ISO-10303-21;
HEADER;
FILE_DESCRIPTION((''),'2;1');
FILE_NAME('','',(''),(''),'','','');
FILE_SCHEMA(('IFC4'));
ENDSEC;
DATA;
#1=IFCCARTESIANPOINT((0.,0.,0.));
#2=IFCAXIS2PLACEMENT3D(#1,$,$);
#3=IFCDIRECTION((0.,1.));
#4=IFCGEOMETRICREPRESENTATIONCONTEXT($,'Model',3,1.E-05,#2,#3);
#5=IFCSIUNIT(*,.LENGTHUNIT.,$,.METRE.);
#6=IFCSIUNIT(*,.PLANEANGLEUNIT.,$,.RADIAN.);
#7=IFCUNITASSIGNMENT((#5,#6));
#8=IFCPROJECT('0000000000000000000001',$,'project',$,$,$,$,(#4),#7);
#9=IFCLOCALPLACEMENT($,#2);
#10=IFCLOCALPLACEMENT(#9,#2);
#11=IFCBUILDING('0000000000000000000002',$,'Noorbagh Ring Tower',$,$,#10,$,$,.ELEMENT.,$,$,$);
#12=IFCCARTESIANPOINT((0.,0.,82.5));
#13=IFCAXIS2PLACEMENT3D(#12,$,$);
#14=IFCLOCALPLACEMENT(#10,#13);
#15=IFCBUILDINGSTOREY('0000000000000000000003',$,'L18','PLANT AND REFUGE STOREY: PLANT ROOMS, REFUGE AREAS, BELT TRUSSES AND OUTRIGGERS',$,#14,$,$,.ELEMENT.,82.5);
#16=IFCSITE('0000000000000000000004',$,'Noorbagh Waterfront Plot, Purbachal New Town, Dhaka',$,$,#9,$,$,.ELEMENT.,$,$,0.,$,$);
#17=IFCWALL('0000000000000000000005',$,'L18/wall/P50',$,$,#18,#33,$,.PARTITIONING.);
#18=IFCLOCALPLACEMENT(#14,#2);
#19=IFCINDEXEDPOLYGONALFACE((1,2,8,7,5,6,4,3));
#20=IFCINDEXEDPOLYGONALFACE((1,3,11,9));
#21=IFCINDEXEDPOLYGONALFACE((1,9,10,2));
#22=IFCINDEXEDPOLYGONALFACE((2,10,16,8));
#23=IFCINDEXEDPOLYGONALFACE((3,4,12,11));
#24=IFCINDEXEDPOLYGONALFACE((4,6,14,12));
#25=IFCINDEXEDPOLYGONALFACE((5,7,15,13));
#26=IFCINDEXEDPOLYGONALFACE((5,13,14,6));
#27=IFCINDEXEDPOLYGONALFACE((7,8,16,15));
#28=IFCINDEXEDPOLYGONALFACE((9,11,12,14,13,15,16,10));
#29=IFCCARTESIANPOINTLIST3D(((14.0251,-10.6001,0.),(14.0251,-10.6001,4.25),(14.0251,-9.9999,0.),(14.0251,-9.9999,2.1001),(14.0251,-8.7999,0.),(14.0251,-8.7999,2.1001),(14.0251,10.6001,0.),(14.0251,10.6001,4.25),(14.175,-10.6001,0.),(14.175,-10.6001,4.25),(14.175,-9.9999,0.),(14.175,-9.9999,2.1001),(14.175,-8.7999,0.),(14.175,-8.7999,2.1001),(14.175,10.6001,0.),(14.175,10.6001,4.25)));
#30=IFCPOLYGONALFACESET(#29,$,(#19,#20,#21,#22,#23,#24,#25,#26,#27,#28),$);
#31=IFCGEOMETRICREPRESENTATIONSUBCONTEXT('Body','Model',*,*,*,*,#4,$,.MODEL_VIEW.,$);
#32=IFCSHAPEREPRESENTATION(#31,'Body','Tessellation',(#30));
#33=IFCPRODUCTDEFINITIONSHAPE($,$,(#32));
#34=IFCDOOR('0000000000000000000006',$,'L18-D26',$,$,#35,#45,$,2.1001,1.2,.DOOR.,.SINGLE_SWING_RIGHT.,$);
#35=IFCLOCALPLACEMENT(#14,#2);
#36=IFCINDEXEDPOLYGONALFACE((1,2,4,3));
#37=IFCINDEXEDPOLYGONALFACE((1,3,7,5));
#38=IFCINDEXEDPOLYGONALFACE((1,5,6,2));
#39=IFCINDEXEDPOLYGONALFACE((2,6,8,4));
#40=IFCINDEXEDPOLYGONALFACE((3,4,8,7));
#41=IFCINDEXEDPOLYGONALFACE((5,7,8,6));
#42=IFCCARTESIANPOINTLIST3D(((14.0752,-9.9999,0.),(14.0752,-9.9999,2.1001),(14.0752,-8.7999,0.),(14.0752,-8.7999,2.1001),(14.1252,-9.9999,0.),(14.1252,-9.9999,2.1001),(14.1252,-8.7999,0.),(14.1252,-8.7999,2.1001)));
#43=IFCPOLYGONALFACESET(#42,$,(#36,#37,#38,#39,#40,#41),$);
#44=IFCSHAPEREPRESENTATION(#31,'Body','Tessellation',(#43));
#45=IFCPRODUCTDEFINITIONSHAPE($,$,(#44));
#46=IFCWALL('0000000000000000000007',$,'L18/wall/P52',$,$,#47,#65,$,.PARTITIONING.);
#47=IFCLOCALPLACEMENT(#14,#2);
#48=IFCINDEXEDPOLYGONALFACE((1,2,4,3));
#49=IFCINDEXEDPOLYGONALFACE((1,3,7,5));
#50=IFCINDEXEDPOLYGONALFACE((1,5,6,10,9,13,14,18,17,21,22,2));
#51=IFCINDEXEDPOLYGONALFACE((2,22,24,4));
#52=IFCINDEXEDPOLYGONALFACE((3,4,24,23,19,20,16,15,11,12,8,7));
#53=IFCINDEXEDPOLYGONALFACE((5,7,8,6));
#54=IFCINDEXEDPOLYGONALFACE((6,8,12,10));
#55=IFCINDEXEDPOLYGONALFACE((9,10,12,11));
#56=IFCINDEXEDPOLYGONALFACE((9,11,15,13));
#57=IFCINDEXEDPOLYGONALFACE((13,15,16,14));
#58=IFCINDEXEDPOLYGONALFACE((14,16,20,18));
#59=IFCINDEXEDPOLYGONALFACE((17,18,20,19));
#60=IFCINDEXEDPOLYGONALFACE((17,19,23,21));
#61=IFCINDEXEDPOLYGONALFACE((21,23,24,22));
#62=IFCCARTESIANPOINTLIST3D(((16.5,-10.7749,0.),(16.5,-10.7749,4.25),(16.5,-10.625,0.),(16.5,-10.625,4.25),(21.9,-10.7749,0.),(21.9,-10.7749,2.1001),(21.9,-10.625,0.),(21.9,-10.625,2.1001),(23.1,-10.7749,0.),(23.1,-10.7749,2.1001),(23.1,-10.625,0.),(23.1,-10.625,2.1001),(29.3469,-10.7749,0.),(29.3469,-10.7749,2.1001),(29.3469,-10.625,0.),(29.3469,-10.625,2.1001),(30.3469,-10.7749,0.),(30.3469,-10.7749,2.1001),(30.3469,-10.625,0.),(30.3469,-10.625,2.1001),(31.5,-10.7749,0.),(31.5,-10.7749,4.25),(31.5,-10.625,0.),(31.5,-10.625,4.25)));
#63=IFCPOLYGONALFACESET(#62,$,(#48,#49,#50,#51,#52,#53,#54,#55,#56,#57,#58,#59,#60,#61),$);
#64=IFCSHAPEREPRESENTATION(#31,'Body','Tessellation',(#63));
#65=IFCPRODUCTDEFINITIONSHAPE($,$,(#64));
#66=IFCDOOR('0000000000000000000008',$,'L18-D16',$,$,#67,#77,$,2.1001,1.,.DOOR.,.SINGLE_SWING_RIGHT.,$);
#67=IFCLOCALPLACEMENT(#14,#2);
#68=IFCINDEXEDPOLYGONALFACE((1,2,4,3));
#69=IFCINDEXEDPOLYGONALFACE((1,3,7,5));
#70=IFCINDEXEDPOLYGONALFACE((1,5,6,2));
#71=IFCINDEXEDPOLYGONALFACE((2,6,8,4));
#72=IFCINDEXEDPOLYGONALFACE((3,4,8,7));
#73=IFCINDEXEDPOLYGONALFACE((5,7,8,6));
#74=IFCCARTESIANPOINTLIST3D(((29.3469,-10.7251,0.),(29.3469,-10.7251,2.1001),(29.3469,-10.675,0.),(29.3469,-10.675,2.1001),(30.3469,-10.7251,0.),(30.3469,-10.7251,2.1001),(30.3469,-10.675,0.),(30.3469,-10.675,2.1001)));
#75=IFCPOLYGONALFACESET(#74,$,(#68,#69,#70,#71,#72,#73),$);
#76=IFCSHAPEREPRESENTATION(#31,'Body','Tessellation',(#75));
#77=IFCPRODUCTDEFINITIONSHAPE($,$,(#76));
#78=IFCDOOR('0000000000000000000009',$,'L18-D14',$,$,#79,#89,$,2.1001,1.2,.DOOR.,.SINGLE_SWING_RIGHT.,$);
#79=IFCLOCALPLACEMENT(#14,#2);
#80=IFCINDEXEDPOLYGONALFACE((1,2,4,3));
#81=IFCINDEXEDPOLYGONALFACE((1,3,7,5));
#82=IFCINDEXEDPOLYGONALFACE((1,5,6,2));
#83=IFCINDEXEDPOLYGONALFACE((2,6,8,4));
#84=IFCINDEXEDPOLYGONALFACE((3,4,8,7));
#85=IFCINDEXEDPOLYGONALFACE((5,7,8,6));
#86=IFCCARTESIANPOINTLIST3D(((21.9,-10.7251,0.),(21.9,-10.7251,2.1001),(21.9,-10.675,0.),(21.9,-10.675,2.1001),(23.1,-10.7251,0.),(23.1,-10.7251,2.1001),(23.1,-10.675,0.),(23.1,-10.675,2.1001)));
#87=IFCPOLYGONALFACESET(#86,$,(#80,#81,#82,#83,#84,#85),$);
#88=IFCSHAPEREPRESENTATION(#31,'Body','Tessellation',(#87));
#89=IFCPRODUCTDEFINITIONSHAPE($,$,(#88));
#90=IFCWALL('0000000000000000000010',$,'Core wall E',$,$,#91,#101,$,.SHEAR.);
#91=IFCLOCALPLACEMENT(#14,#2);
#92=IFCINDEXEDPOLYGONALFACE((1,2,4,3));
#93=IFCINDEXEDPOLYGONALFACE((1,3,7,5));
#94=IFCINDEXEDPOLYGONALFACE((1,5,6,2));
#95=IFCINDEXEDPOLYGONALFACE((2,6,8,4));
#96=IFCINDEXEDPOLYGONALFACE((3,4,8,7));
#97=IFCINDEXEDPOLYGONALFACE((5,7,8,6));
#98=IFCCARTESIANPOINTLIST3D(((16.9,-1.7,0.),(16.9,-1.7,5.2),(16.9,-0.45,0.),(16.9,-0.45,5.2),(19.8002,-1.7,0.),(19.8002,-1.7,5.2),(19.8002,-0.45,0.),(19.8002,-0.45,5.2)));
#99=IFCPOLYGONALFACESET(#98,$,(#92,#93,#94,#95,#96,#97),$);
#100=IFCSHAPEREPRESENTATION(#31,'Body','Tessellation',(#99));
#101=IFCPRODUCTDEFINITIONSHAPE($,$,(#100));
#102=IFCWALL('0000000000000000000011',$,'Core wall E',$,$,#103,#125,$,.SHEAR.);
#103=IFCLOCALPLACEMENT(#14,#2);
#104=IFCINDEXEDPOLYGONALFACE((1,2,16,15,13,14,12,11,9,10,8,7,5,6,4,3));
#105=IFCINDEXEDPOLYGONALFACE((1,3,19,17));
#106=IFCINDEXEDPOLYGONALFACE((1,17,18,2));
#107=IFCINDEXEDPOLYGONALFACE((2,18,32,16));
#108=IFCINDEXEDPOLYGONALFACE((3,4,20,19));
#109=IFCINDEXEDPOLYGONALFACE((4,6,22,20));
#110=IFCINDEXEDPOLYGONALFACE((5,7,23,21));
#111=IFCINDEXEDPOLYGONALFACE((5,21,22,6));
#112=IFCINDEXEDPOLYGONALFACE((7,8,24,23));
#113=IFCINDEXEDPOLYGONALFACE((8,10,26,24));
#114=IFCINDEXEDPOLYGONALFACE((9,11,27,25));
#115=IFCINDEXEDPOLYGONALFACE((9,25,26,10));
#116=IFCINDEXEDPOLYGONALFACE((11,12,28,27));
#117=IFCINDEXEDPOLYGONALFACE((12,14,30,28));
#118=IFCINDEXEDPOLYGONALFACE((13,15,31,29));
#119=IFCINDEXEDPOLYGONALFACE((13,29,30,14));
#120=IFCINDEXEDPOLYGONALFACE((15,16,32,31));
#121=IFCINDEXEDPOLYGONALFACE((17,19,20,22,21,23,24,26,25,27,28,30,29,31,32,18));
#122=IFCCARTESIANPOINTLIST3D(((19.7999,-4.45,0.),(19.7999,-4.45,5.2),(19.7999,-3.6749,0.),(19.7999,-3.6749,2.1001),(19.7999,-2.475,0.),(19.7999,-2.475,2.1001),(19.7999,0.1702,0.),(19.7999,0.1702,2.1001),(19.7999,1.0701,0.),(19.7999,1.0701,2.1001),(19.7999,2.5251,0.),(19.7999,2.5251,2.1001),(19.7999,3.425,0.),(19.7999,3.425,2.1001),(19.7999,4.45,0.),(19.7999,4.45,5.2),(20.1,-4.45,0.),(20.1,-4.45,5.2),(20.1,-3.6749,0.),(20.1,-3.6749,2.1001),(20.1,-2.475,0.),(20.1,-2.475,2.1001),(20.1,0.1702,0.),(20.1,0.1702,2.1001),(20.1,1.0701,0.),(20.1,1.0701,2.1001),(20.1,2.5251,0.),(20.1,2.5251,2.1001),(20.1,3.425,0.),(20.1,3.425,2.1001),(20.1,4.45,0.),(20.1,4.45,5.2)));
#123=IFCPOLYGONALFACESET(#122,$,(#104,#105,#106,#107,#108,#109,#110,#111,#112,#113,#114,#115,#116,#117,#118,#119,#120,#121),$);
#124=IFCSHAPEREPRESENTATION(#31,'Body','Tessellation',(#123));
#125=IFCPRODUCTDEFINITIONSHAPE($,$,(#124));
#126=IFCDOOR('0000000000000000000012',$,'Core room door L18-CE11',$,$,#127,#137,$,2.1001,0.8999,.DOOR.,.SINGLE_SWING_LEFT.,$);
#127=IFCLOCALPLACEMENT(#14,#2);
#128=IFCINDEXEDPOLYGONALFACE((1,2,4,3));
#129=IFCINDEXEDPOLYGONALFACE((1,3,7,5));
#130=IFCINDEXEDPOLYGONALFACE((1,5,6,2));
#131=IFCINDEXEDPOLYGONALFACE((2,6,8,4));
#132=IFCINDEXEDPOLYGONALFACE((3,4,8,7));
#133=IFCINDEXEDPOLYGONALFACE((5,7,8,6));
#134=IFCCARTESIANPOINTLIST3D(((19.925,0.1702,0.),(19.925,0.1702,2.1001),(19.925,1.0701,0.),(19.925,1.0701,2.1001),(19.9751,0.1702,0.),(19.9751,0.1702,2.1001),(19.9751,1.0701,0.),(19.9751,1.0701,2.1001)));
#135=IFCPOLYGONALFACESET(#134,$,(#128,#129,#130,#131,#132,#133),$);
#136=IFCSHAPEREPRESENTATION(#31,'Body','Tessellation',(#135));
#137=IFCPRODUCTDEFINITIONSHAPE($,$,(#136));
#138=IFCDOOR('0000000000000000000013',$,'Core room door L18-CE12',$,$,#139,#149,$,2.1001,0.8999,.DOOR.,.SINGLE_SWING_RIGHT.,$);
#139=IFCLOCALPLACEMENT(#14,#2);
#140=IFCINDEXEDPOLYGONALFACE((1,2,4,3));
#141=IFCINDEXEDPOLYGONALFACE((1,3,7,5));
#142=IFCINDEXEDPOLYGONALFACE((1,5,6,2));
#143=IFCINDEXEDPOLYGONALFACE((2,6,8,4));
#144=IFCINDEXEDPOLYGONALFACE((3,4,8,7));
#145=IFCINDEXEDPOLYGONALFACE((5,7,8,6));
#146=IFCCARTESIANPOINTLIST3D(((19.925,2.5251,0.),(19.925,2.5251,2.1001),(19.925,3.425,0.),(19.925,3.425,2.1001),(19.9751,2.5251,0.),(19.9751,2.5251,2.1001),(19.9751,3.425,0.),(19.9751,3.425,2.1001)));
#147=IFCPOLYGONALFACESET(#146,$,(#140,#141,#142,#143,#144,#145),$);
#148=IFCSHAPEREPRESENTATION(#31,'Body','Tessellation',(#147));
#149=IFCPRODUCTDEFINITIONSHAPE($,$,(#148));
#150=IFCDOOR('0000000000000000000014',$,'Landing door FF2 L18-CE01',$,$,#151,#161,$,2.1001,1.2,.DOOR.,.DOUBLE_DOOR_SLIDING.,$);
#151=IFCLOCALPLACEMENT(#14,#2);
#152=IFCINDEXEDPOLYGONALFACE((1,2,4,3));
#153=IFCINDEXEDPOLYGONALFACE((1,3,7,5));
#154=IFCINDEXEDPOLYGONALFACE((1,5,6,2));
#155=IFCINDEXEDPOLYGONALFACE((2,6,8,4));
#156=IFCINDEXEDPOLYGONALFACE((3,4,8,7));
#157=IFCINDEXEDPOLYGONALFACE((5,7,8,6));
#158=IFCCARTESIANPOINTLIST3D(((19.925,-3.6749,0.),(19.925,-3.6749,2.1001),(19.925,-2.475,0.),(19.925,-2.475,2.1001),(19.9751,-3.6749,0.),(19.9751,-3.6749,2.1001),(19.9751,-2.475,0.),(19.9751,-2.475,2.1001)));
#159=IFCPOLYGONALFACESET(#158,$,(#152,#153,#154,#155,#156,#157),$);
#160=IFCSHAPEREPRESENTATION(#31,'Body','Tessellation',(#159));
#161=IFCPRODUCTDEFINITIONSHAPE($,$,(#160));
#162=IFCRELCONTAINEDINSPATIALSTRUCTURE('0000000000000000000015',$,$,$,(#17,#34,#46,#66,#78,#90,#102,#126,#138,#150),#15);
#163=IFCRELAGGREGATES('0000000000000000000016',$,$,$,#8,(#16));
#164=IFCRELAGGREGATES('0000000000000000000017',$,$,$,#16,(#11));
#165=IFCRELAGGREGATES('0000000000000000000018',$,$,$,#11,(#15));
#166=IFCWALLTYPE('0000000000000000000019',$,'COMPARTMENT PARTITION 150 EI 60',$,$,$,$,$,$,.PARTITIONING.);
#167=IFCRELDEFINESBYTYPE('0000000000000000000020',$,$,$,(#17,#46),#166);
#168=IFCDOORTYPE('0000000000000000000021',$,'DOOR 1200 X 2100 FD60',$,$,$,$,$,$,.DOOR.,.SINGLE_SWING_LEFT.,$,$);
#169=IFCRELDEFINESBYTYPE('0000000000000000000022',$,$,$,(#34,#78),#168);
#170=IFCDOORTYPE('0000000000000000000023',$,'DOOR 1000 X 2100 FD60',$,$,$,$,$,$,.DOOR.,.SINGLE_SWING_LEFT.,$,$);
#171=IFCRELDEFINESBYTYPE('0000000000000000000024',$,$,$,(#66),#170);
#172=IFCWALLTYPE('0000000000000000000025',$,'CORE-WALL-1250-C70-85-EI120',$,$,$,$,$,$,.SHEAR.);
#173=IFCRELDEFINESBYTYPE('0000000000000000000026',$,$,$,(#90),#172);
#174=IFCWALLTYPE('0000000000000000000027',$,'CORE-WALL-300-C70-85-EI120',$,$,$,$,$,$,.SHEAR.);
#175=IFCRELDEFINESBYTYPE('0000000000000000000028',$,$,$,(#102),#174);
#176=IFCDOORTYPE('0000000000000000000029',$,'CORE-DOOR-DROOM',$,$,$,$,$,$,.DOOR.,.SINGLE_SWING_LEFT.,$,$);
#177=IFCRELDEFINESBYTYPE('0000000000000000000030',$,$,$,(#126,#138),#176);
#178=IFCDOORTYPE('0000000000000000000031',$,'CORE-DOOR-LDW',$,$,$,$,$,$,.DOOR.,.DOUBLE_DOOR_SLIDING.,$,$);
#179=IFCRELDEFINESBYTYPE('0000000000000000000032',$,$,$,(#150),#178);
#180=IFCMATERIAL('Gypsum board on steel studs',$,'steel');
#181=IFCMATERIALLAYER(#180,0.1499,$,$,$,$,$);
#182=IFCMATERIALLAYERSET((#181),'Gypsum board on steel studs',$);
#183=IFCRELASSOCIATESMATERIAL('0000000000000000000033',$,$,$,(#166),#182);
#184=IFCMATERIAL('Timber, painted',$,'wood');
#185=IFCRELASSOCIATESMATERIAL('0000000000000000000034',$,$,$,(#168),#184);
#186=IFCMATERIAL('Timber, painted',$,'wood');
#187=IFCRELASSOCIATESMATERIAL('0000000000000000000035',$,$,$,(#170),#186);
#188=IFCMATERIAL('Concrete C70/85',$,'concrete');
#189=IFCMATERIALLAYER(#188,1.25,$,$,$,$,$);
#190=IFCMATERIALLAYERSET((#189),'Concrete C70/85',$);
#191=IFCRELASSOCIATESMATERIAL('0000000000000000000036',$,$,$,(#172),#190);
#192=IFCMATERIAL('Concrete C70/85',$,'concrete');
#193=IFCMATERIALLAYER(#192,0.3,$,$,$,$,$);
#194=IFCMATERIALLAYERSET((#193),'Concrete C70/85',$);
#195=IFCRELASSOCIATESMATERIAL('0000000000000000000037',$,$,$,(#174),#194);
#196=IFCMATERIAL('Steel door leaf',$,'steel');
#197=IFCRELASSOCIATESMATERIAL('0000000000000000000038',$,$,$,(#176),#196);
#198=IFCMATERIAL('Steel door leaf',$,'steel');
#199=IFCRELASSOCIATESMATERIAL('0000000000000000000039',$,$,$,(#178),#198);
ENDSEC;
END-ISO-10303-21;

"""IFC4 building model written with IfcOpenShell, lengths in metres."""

from ifc_helpers import new_model, si_unit, direction, frame, frame_2d, origin, place, context, subcontext, project, spatial, rectangle, extrude, material, layer, layer_set, type_object, element, fill, save


model = new_model("IFC4")

# Units and contexts
model_context = context("Model", 3, precision=1e-05, world=origin(), true_north=direction((0.0, 1.0)))
body_context = subcontext(model_context, "Body", "Model", "MODEL_VIEW")
ifc_project = project(units=[si_unit("LENGTHUNIT", "METRE"), si_unit("PLANEANGLEUNIT", "RADIAN")], contexts=[model_context])

# Site, building, storey
site_placement = place(None, origin())
site = spatial("IfcSite", under=ifc_project, at=site_placement, Name="Noorbagh Waterfront Plot, Purbachal New Town, Dhaka", CompositionType="ELEMENT", RefElevation=0.0)
building_placement = place(site_placement, origin())
building = spatial("IfcBuilding", under=site, at=building_placement, Name="Noorbagh Ring Tower", CompositionType="ELEMENT")
storey_placement = place(building_placement, frame((0.0, 0.0, 82.5)))
storey = spatial("IfcBuildingStorey", under=building, at=storey_placement, Name="L18", Description="PLANT AND REFUGE STOREY: PLANT ROOMS, REFUGE AREAS, BELT TRUSSES AND OUTRIGGERS", CompositionType="ELEMENT", Elevation=82.5)

# Wall, opening, door
ifc_material_1 = material(Name="Gypsum board on steel studs", Category="steel")
ifc_layer_1 = layer(ifc_material_1, 0.1499)
ifc_layer_set_1 = layer_set([ifc_layer_1], Name="Gypsum board on steel studs")
wall_type_1 = type_object("IfcWallType", Name="COMPARTMENT PARTITION 150 EI 60", PredefinedType="PARTITIONING", material=ifc_layer_set_1)
wall_1_placement = place(storey_placement, frame((14.1001, -10.6001, 0.0), z_axis=(0.0, 0.0, 1.0), x_axis=(0.0, 1.0, 0.0)))
wall_1 = element("IfcWall", 1, at=wall_1_placement, inside=storey, type_object=wall_type_1, Name="L18/wall/P50", PredefinedType="PARTITIONING", context=body_context, shape_type="SweptSolid", body=[
    extrude(rectangle(XDim=21.2002, YDim=0.1499, at=frame_2d((10.6001, 0.0))), origin(), (0.0, 0.0, 1.0), 4.25),
])
opening_1_placement = place(wall_1_placement, frame((0.6001, 0.0, 0.0)))
opening_1 = element("IfcOpeningElement", 2, at=opening_1_placement, cuts=wall_1, PredefinedType="OPENING", context=body_context, shape_type="SweptSolid", body=[
    extrude(rectangle(XDim=1.2, YDim=2.1001, at=frame_2d((0.6001, 1.05))), frame((0.0, 0.085, 0.0), z_axis=(0.0, -1.0, 0.0), x_axis=(1.0, 0.0, 0.0)), (0.0, 0.0, 1.0), 0.1699),
])
ifc_material_2 = material(Name="Timber, painted", Category="wood")
door_type_1 = type_object("IfcDoorType", Name="DOOR 1200 X 2100 FD60", OperationType="SINGLE_SWING_LEFT", PredefinedType="DOOR", material=ifc_material_2)
door_1_placement = place(opening_1_placement, origin())
door_1 = element("IfcDoor", 3, at=door_1_placement, inside=storey, type_object=door_type_1, Name="L18-D26", OperationType="SINGLE_SWING_RIGHT", OverallHeight=2.1001, OverallWidth=1.2, PredefinedType="DOOR", context=body_context, shape_type="SweptSolid", body=[
    extrude(rectangle(XDim=1.2, YDim=2.1001, at=frame_2d((0.6001, 1.05))), frame((0.0, 0.0249, 0.0), z_axis=(0.0, -1.0, 0.0), x_axis=(1.0, 0.0, 0.0)), (0.0, 0.0, 1.0), 0.05),
])
fill(opening_1, door_1)

# Wall, openings, doors
wall_2_placement = place(storey_placement, frame((16.5, -10.7, 0.0), z_axis=(0.0, 0.0, 1.0), x_axis=(1.0, 0.0, 0.0)))
wall_2 = element("IfcWall", 4, at=wall_2_placement, inside=storey, type_object=wall_type_1, Name="L18/wall/P52", PredefinedType="PARTITIONING", context=body_context, shape_type="SweptSolid", body=[
    extrude(rectangle(XDim=15.0, YDim=0.1499, at=frame_2d((7.5, 0.0))), origin(), (0.0, 0.0, 1.0), 4.25),
])
opening_2_placement = place(wall_2_placement, frame((5.3999, 0.0, 0.0)))
opening_2 = element("IfcOpeningElement", 5, at=opening_2_placement, cuts=wall_2, PredefinedType="OPENING", context=body_context, shape_type="SweptSolid", body=[
    extrude(rectangle(XDim=1.2, YDim=2.1001, at=frame_2d((0.6001, 1.05))), frame((0.0, 0.085, 0.0), z_axis=(0.0, -1.0, 0.0), x_axis=(1.0, 0.0, 0.0)), (0.0, 0.0, 1.0), 0.1699),
])
opening_3_placement = place(wall_2_placement, frame((12.8469, 0.0, 0.0)))
opening_3 = element("IfcOpeningElement", 6, at=opening_3_placement, cuts=wall_2, PredefinedType="OPENING", context=body_context, shape_type="SweptSolid", body=[
    extrude(rectangle(XDim=1.0, YDim=2.1001, at=frame_2d((0.5, 1.05))), frame((0.0, 0.085, 0.0), z_axis=(0.0, -1.0, 0.0), x_axis=(1.0, 0.0, 0.0)), (0.0, 0.0, 1.0), 0.1699),
])
ifc_material_3 = material(Name="Timber, painted", Category="wood")
door_type_2 = type_object("IfcDoorType", Name="DOOR 1000 X 2100 FD60", OperationType="SINGLE_SWING_LEFT", PredefinedType="DOOR", material=ifc_material_3)
door_2_placement = place(opening_3_placement, origin())
door_2 = element("IfcDoor", 7, at=door_2_placement, inside=storey, type_object=door_type_2, Name="L18-D16", OperationType="SINGLE_SWING_RIGHT", OverallHeight=2.1001, OverallWidth=1.0, PredefinedType="DOOR", context=body_context, shape_type="SweptSolid", body=[
    extrude(rectangle(XDim=1.0, YDim=2.1001, at=frame_2d((0.5, 1.05))), frame((0.0, 0.0249, 0.0), z_axis=(0.0, -1.0, 0.0), x_axis=(1.0, 0.0, 0.0)), (0.0, 0.0, 1.0), 0.05),
])
fill(opening_3, door_2)
door_3_placement = place(opening_2_placement, origin())
door_3 = element("IfcDoor", 8, at=door_3_placement, inside=storey, type_object=door_type_1, Name="L18-D14", OperationType="SINGLE_SWING_RIGHT", OverallHeight=2.1001, OverallWidth=1.2, PredefinedType="DOOR", context=body_context, shape_type="SweptSolid", body=[
    extrude(rectangle(XDim=1.2, YDim=2.1001, at=frame_2d((0.6001, 1.05))), frame((0.0, 0.0249, 0.0), z_axis=(0.0, -1.0, 0.0), x_axis=(1.0, 0.0, 0.0)), (0.0, 0.0, 1.0), 0.05),
])
fill(opening_2, door_3)

# Wall
ifc_material_4 = material(Name="Concrete C70/85", Category="concrete")
ifc_layer_2 = layer(ifc_material_4, 1.25)
ifc_layer_set_2 = layer_set([ifc_layer_2], Name="Concrete C70/85")
wall_type_2 = type_object("IfcWallType", Name="CORE-WALL-1250-C70-85-EI120", PredefinedType="SHEAR", material=ifc_layer_set_2)
wall_3_placement = place(storey_placement, frame((16.8999, -1.075, 0.0), z_axis=(0.0, 0.0, 1.0), x_axis=(1.0, 0.0, 0.0)))
element("IfcWall", 9, at=wall_3_placement, inside=storey, type_object=wall_type_2, Name="Core wall E", PredefinedType="SHEAR", context=body_context, shape_type="SweptSolid", body=[
    extrude(rectangle(XDim=2.9001, YDim=1.25, at=frame_2d((1.4502, 0.0))), origin(), (0.0, 0.0, 1.0), 5.2),
])

# Wall, openings, doors
ifc_material_5 = material(Name="Concrete C70/85", Category="concrete")
ifc_layer_3 = layer(ifc_material_5, 0.3)
ifc_layer_set_3 = layer_set([ifc_layer_3], Name="Concrete C70/85")
wall_type_3 = type_object("IfcWallType", Name="CORE-WALL-300-C70-85-EI120", PredefinedType="SHEAR", material=ifc_layer_set_3)
wall_4_placement = place(storey_placement, frame((19.95, -4.45, 0.0), z_axis=(0.0, 0.0, 1.0), x_axis=(0.0, 1.0, 0.0)))
wall_4 = element("IfcWall", 10, at=wall_4_placement, inside=storey, type_object=wall_type_3, Name="Core wall E", PredefinedType="SHEAR", context=body_context, shape_type="SweptSolid", body=[
    extrude(rectangle(XDim=8.8999, YDim=0.3, at=frame_2d((4.45, 0.0))), origin(), (0.0, 0.0, 1.0), 5.2),
])
opening_4_placement = place(wall_4_placement, frame((0.7749, 0.0, 0.0)))
opening_4 = element("IfcOpeningElement", 11, at=opening_4_placement, cuts=wall_4, PredefinedType="OPENING", context=body_context, shape_type="SweptSolid", body=[
    extrude(rectangle(XDim=1.2, YDim=2.1001, at=frame_2d((0.6001, 1.05))), frame((0.0, 0.1602, 0.0), z_axis=(0.0, -1.0, 0.0), x_axis=(1.0, 0.0, 0.0)), (0.0, 0.0, 1.0), 0.3201),
])
opening_5_placement = place(wall_4_placement, frame((4.6201, 0.0, 0.0)))
opening_5 = element("IfcOpeningElement", 12, at=opening_5_placement, cuts=wall_4, PredefinedType="OPENING", context=body_context, shape_type="SweptSolid", body=[
    extrude(rectangle(XDim=0.8999, YDim=2.1001, at=frame_2d((0.45, 1.05))), frame((0.0, 0.1602, 0.0), z_axis=(0.0, -1.0, 0.0), x_axis=(1.0, 0.0, 0.0)), (0.0, 0.0, 1.0), 0.3201),
])
opening_6_placement = place(wall_4_placement, frame((6.9751, 0.0, 0.0)))
opening_6 = element("IfcOpeningElement", 13, at=opening_6_placement, cuts=wall_4, PredefinedType="OPENING", context=body_context, shape_type="SweptSolid", body=[
    extrude(rectangle(XDim=0.8999, YDim=2.1001, at=frame_2d((0.45, 1.05))), frame((0.0, 0.1602, 0.0), z_axis=(0.0, -1.0, 0.0), x_axis=(1.0, 0.0, 0.0)), (0.0, 0.0, 1.0), 0.3201),
])
ifc_material_6 = material(Name="Steel door leaf", Category="steel")
door_type_3 = type_object("IfcDoorType", Name="CORE-DOOR-DROOM", OperationType="SINGLE_SWING_LEFT", PredefinedType="DOOR", material=ifc_material_6)
door_4_placement = place(opening_5_placement, origin())
door_4 = element("IfcDoor", 14, at=door_4_placement, inside=storey, type_object=door_type_3, Name="Core room door L18-CE11", OperationType="SINGLE_SWING_LEFT", OverallHeight=2.1001, OverallWidth=0.8999, PredefinedType="DOOR", context=body_context, shape_type="SweptSolid", body=[
    extrude(rectangle(XDim=0.8999, YDim=2.1001, at=frame_2d((0.45, 1.05))), frame((0.0, 0.0249, 0.0), z_axis=(0.0, -1.0, 0.0), x_axis=(1.0, 0.0, 0.0)), (0.0, 0.0, 1.0), 0.05),
])
fill(opening_5, door_4)
door_5_placement = place(opening_6_placement, origin())
door_5 = element("IfcDoor", 15, at=door_5_placement, inside=storey, type_object=door_type_3, Name="Core room door L18-CE12", OperationType="SINGLE_SWING_RIGHT", OverallHeight=2.1001, OverallWidth=0.8999, PredefinedType="DOOR", context=body_context, shape_type="SweptSolid", body=[
    extrude(rectangle(XDim=0.8999, YDim=2.1001, at=frame_2d((0.45, 1.05))), frame((0.0, 0.0249, 0.0), z_axis=(0.0, -1.0, 0.0), x_axis=(1.0, 0.0, 0.0)), (0.0, 0.0, 1.0), 0.05),
])
fill(opening_6, door_5)
ifc_material_7 = material(Name="Steel door leaf", Category="steel")
door_type_4 = type_object("IfcDoorType", Name="CORE-DOOR-LDW", OperationType="DOUBLE_DOOR_SLIDING", PredefinedType="DOOR", material=ifc_material_7)
door_6_placement = place(opening_4_placement, origin())
door_6 = element("IfcDoor", 16, at=door_6_placement, inside=storey, type_object=door_type_4, Name="Landing door FF2 L18-CE01", OperationType="DOUBLE_DOOR_SLIDING", OverallHeight=2.1001, OverallWidth=1.2, PredefinedType="DOOR", context=body_context, shape_type="SweptSolid", body=[
    extrude(rectangle(XDim=1.2, YDim=2.1001, at=frame_2d((0.6001, 1.05))), frame((0.0, 0.0249, 0.0), z_axis=(0.0, -1.0, 0.0), x_axis=(1.0, 0.0, 0.0)), (0.0, 0.0, 1.0), 0.05),
])
fill(opening_4, door_6)

save(model, "model.ifc")
